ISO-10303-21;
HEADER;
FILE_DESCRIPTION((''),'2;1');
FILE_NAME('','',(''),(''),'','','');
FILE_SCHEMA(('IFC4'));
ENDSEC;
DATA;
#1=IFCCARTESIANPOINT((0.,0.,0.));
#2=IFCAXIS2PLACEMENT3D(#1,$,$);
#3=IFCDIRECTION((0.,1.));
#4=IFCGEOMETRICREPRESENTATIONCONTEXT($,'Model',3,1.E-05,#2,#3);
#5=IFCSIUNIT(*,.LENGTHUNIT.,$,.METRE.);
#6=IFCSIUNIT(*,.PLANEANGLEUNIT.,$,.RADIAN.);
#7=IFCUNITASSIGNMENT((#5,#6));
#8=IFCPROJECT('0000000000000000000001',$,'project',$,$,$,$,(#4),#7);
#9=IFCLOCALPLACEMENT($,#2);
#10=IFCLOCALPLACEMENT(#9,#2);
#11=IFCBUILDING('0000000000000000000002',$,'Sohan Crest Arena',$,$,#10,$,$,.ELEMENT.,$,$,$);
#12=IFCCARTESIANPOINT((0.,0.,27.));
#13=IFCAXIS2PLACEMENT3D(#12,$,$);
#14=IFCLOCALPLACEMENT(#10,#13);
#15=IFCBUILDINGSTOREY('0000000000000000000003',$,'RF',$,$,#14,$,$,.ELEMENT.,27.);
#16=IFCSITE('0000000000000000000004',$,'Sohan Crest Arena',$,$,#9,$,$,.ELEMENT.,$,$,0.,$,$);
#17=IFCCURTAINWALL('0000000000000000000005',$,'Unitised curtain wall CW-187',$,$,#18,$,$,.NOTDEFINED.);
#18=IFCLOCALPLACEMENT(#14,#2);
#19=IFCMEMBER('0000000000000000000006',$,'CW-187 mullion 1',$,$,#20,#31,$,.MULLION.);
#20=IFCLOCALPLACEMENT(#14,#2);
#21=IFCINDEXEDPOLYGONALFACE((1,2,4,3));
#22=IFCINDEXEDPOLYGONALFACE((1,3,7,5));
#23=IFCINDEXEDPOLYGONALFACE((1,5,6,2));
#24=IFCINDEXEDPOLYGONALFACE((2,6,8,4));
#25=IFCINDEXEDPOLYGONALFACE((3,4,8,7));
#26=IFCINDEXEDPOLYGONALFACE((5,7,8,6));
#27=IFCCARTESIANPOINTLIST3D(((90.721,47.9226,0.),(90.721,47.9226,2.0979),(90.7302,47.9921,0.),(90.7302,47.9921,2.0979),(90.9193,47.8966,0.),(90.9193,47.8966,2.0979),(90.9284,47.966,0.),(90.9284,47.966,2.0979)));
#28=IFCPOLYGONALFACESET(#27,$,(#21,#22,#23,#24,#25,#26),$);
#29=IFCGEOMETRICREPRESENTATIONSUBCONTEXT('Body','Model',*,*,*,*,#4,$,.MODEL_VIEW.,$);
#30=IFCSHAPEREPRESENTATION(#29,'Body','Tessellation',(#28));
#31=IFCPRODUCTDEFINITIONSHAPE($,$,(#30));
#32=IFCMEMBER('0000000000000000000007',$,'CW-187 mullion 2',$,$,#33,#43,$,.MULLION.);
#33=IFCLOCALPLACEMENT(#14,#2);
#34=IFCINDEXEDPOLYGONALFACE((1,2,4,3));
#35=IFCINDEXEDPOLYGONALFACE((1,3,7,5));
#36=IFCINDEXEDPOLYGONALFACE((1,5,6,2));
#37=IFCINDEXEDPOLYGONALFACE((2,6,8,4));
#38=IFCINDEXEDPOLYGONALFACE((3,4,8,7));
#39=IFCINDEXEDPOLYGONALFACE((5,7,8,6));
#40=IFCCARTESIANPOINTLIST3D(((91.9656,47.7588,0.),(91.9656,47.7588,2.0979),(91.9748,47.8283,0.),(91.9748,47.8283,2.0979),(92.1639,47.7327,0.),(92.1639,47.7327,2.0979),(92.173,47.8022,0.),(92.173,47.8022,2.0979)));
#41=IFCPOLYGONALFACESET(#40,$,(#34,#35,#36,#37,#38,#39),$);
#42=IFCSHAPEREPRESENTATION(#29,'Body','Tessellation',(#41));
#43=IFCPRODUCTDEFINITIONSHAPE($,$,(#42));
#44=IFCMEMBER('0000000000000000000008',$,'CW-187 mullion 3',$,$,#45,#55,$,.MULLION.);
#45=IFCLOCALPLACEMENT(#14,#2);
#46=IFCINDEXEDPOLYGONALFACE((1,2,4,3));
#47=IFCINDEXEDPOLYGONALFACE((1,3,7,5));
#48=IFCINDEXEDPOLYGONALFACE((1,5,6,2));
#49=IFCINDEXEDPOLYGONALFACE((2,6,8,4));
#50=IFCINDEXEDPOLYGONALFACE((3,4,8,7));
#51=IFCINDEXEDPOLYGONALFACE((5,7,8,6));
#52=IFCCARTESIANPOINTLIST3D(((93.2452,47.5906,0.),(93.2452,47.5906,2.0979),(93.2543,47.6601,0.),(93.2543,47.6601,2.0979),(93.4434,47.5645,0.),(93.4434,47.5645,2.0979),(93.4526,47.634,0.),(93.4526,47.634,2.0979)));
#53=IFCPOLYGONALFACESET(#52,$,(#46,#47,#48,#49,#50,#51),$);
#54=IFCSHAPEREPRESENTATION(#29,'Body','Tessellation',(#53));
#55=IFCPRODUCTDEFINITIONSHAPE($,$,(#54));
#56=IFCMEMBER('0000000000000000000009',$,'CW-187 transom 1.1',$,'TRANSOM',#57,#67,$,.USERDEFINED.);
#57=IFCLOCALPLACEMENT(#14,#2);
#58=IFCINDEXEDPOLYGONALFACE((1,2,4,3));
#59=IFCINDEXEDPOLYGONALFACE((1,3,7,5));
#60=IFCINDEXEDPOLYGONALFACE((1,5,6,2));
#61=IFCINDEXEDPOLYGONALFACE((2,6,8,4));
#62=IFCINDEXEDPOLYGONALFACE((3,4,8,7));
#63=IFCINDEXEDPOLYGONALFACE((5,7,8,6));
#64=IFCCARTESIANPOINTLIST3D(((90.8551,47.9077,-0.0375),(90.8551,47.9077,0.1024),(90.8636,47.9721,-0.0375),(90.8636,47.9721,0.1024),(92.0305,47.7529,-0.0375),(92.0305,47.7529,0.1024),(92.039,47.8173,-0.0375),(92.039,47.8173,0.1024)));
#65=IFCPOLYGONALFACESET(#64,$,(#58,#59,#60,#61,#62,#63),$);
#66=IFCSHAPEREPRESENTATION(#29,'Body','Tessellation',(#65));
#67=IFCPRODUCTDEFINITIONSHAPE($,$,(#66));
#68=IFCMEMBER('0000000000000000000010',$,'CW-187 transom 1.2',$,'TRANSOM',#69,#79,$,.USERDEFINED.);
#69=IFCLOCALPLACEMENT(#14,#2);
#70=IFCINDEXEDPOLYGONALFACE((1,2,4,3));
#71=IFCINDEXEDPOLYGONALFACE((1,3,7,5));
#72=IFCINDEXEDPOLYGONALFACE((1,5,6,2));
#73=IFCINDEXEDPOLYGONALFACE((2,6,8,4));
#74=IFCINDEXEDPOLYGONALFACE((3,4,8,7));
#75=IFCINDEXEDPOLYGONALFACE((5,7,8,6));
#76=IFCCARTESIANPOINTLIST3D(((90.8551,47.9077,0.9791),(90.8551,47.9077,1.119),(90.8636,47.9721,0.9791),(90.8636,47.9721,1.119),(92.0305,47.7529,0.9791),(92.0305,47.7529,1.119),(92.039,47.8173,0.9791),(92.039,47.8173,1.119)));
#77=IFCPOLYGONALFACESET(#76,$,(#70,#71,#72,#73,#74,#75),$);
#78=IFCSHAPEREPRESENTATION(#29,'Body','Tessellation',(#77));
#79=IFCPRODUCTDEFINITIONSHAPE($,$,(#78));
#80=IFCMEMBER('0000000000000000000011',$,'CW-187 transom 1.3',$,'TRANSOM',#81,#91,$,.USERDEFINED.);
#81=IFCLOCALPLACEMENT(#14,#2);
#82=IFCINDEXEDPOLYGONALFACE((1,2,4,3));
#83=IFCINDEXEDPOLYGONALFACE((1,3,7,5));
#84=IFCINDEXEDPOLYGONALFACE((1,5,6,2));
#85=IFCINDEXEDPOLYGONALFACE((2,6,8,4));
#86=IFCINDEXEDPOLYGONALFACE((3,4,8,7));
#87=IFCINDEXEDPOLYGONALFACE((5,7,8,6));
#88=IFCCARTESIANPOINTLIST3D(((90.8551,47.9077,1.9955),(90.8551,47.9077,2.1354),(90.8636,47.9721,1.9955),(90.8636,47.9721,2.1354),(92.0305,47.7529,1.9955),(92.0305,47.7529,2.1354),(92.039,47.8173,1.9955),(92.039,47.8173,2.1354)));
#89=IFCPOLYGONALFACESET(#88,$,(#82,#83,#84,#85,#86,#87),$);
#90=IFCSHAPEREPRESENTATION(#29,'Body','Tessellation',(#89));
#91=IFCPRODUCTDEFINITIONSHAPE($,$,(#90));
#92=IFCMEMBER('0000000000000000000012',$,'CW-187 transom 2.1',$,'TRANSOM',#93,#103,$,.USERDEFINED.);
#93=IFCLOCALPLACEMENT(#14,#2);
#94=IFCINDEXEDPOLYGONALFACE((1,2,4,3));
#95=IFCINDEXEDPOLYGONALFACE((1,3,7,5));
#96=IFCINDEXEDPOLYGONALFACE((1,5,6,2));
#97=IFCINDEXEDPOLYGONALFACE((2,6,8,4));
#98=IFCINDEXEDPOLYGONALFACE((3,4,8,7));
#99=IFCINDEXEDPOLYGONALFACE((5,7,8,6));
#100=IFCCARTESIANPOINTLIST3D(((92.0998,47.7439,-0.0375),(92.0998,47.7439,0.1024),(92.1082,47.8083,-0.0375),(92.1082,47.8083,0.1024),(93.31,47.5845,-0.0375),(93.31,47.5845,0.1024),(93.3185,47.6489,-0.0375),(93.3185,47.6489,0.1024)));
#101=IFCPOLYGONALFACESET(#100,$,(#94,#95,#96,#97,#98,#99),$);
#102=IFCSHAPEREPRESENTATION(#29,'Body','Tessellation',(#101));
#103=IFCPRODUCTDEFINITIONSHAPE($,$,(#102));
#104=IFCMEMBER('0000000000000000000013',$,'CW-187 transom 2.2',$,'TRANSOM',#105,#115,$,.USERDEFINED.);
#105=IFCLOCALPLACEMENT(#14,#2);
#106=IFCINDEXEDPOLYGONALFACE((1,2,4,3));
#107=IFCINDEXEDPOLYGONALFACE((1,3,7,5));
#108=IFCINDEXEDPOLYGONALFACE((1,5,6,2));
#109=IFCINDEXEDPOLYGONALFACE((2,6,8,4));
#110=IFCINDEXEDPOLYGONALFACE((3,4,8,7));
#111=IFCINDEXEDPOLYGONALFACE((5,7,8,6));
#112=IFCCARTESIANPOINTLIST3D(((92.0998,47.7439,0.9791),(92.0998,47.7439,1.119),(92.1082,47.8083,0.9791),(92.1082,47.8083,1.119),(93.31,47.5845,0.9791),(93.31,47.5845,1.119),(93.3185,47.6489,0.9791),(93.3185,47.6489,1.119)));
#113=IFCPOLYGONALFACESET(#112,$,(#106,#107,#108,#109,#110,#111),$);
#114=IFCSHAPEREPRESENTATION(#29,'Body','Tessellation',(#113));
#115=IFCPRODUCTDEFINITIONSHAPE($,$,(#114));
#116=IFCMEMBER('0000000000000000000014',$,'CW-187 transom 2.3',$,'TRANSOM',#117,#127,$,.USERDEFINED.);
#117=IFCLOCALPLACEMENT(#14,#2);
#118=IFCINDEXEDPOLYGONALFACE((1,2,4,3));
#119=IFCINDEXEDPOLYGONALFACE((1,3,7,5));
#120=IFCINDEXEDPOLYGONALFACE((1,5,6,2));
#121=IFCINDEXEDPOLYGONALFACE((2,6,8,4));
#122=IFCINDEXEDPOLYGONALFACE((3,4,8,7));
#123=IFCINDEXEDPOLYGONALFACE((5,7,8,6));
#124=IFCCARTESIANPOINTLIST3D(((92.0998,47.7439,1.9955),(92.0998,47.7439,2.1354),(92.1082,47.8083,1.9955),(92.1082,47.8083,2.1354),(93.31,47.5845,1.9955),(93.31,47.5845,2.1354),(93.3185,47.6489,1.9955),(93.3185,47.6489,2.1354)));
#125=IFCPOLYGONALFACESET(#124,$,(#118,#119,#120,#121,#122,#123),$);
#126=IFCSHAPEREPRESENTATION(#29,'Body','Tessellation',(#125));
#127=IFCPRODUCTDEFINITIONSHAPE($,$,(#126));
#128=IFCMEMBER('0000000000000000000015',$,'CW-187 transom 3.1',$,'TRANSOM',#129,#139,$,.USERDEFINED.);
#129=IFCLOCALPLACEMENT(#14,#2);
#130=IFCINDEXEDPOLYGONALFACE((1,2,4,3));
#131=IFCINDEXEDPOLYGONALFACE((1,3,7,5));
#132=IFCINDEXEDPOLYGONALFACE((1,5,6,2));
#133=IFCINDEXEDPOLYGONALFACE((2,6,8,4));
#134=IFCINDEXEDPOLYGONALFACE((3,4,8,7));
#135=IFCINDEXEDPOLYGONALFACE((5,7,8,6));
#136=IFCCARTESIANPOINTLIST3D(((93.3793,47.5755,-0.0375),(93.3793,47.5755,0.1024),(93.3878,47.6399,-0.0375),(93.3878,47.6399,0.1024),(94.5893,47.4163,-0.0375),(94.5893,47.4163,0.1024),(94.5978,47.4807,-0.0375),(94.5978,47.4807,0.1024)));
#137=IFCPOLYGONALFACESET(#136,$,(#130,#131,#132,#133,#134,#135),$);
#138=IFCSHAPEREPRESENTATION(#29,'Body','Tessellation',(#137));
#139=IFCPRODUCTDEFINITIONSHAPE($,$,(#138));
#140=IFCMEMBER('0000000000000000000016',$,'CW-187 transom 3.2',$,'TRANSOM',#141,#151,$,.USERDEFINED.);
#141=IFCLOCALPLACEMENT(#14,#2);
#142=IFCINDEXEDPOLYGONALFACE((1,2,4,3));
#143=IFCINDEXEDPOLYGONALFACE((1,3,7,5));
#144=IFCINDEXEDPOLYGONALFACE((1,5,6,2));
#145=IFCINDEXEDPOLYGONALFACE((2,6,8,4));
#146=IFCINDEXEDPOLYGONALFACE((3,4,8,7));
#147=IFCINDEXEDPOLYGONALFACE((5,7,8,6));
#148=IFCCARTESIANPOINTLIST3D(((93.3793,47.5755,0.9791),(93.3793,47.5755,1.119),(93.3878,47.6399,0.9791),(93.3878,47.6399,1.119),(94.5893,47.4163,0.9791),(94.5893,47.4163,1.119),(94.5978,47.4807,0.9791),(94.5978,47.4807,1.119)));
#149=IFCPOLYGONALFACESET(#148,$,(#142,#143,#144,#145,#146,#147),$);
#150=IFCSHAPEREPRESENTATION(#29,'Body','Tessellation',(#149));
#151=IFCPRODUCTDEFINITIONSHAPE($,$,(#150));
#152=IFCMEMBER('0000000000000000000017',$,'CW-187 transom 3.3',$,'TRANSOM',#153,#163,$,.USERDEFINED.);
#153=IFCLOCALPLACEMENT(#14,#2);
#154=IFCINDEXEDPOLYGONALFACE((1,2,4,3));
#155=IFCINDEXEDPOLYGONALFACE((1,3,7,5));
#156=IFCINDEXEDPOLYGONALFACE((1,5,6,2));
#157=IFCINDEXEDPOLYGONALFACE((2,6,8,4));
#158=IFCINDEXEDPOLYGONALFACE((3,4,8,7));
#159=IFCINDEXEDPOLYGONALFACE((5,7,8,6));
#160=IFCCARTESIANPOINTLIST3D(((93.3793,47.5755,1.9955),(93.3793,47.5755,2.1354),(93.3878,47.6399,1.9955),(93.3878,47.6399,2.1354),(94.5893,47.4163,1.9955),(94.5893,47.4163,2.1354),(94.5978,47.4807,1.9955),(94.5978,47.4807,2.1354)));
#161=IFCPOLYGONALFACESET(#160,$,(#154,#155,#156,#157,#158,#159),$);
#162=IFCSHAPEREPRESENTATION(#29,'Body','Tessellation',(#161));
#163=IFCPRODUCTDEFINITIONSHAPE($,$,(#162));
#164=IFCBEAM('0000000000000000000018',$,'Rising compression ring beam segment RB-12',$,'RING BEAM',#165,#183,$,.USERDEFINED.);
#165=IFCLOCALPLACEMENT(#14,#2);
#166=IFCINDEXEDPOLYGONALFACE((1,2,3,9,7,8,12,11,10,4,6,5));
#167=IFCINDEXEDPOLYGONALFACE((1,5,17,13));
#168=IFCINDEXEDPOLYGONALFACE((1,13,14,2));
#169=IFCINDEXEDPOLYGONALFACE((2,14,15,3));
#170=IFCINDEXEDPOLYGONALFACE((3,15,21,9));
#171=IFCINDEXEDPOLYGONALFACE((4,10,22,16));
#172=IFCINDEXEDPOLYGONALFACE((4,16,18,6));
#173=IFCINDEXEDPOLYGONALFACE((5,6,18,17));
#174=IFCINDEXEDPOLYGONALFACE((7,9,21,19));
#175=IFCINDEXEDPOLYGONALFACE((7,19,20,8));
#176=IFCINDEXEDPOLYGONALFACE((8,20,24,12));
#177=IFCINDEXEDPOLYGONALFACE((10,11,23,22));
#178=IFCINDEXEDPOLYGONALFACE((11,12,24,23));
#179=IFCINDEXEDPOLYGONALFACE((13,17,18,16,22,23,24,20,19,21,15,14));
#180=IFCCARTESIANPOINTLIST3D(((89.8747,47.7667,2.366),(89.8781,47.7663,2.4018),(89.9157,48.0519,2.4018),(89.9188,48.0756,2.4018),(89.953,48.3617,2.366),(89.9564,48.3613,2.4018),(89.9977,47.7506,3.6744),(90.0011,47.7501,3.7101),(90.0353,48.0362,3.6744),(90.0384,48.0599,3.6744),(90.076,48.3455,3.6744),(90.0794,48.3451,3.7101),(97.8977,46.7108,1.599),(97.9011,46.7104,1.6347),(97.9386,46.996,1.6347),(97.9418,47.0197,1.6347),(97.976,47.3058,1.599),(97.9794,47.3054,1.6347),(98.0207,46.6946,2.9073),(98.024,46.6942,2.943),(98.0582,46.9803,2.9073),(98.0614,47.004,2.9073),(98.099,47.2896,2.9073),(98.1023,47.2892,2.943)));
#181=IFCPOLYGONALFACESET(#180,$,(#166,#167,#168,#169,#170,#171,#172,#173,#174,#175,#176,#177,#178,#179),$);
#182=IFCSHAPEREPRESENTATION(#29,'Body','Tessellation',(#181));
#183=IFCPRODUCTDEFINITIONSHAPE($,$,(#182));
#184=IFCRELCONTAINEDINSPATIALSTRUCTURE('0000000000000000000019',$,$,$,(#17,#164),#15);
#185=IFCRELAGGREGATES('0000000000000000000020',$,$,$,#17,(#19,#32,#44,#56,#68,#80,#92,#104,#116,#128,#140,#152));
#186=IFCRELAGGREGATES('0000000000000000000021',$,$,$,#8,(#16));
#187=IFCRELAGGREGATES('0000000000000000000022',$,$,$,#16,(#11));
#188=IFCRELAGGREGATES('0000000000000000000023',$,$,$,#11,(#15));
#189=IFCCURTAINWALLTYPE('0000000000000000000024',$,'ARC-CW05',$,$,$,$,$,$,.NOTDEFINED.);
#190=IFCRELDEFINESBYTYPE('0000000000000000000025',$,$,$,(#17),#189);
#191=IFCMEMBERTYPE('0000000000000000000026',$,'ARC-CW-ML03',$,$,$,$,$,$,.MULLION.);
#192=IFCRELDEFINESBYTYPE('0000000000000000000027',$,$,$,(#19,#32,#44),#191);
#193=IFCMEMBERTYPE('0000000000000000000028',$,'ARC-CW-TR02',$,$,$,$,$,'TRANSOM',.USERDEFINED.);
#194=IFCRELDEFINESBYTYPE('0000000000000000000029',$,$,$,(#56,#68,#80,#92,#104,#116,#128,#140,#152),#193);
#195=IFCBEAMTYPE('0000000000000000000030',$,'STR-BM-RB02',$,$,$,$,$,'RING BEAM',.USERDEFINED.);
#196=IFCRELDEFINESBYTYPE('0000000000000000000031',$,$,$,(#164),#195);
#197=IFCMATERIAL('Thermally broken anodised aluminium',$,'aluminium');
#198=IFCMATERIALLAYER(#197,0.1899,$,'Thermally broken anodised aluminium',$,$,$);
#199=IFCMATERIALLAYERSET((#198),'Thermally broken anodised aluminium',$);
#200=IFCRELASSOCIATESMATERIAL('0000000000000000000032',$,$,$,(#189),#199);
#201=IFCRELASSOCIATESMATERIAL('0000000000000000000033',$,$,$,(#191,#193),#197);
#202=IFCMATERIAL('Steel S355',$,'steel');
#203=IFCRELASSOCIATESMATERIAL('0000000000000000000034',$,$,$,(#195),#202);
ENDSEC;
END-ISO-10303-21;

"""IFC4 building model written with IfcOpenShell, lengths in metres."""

from ifc_helpers import new_model, si_unit, direction, frame, origin, origin_2d, place, context, subcontext, project, spatial, rectangle, i_section, extrude, material, layer, layer_set, material_profile, profile_set, type_object, element, aggregate, save


model = new_model("IFC4")

# Units and contexts
model_context = context("Model", 3, precision=1e-05, world=origin(), true_north=direction((0.0, 1.0)))
body_context = subcontext(model_context, "Body", "Model", "MODEL_VIEW")
ifc_project = project(units=[si_unit("LENGTHUNIT", "METRE"), si_unit("PLANEANGLEUNIT", "RADIAN")], contexts=[model_context])

# Site, building, storey
site_placement = place(None, origin())
site = spatial("IfcSite", under=ifc_project, at=site_placement, Name="Sohan Crest Arena", CompositionType="ELEMENT", RefElevation=0.0)
building_placement = place(site_placement, origin())
building = spatial("IfcBuilding", under=site, at=building_placement, Name="Sohan Crest Arena", CompositionType="ELEMENT")
storey_placement = place(building_placement, frame((0.0, 0.0, 27.0)))
storey = spatial("IfcBuildingStorey", under=building, at=storey_placement, Name="RF", CompositionType="ELEMENT", Elevation=27.0)

# Curtain wall, members
ifc_material_1 = material(Name="Thermally broken anodised aluminium", Category="aluminium")
ifc_layer_1 = layer(ifc_material_1, 0.1899, Name="Thermally broken anodised aluminium")
ifc_layer_set_1 = layer_set([ifc_layer_1], Name="Thermally broken anodised aluminium")
curtain_wall_type = type_object("IfcCurtainWallType", Name="ARC-CW05", PredefinedType="NOTDEFINED", material=ifc_layer_set_1)
curtain_wall_placement = place(storey_placement, origin())
curtain_wall = element("IfcCurtainWall", 1, at=curtain_wall_placement, inside=storey, type_object=curtain_wall_type, Name="Unitised curtain wall CW-187", PredefinedType="NOTDEFINED")
ifc_material_profile_1 = material_profile(ifc_material_1, rectangle(XDim=0.0701, YDim=0.2, at=origin_2d()), Name="ALU-MULL 70x200")
ifc_profile_set_1 = profile_set([ifc_material_profile_1], Name="Thermally broken anodised aluminium")
member_type_1 = type_object("IfcMemberType", Name="ARC-CW-ML03", PredefinedType="MULLION", material=ifc_profile_set_1)
member_1_placement = place(storey_placement, frame((90.8247, 47.9443, 0.0), z_axis=(0.0, 0.0, 1.0), x_axis=(0.130499, 0.991448, 0.0)))
member_1 = element("IfcMember", 2, at=member_1_placement, type_object=member_type_1, Name="CW-187 mullion 1", PredefinedType="MULLION", context=body_context, shape_type="SweptSolid", body=[
    extrude(rectangle(XDim=0.0701, YDim=0.2, at=origin_2d()), origin(), (0.0, 0.0, 1.0), 2.0979),
])
member_2_placement = place(storey_placement, frame((92.0693, 47.7805, 0.0), z_axis=(0.0, 0.0, 1.0), x_axis=(0.130499, 0.991448, 0.0)))
member_2 = element("IfcMember", 3, at=member_2_placement, type_object=member_type_1, Name="CW-187 mullion 2", PredefinedType="MULLION", context=body_context, shape_type="SweptSolid", body=[
    extrude(rectangle(XDim=0.0701, YDim=0.2, at=origin_2d()), origin(), (0.0, 0.0, 1.0), 2.0979),
])
member_3_placement = place(storey_placement, frame((93.3489, 47.6123, 0.0), z_axis=(0.0, 0.0, 1.0), x_axis=(0.130499, 0.991448, 0.0)))
member_3 = element("IfcMember", 4, at=member_3_placement, type_object=member_type_1, Name="CW-187 mullion 3", PredefinedType="MULLION", context=body_context, shape_type="SweptSolid", body=[
    extrude(rectangle(XDim=0.0701, YDim=0.2, at=origin_2d()), origin(), (0.0, 0.0, 1.0), 2.0979),
])
ifc_material_profile_2 = material_profile(ifc_material_1, rectangle(XDim=0.0649, YDim=0.1399, at=origin_2d()), Name="ALU-TRAN 65x140")
ifc_profile_set_2 = profile_set([ifc_material_profile_2], Name="Thermally broken anodised aluminium")
member_type_2 = type_object("IfcMemberType", Name="ARC-CW-TR02", ElementType="TRANSOM", PredefinedType="USERDEFINED", material=ifc_profile_set_2)
member_4_placement = place(storey_placement, frame((90.8594, 47.9399, 0.0325), z_axis=(0.991439, -0.130572, 0.0), x_axis=(0.130572, 0.991439, 0.0)))
member_4 = element("IfcMember", 5, at=member_4_placement, type_object=member_type_2, Name="CW-187 transom 1.1", ObjectType="TRANSOM", PredefinedType="USERDEFINED", context=body_context, shape_type="SweptSolid", body=[
    extrude(rectangle(XDim=0.0649, YDim=0.1399, at=origin_2d()), origin(), (0.0, 0.0, 1.0), 1.1855),
])
member_5_placement = place(storey_placement, frame((90.8594, 47.9399, 1.0491), z_axis=(0.991439, -0.130572, 0.0), x_axis=(0.130572, 0.991439, 0.0)))
member_5 = element("IfcMember", 6, at=member_5_placement, type_object=member_type_2, Name="CW-187 transom 1.2", ObjectType="TRANSOM", PredefinedType="USERDEFINED", context=body_context, shape_type="SweptSolid", body=[
    extrude(rectangle(XDim=0.0649, YDim=0.1399, at=origin_2d()), origin(), (0.0, 0.0, 1.0), 1.1855),
])
member_6_placement = place(storey_placement, frame((90.8594, 47.9399, 2.0654), z_axis=(0.991439, -0.130572, 0.0), x_axis=(0.130572, 0.991439, 0.0)))
member_6 = element("IfcMember", 7, at=member_6_placement, type_object=member_type_2, Name="CW-187 transom 1.3", ObjectType="TRANSOM", PredefinedType="USERDEFINED", context=body_context, shape_type="SweptSolid", body=[
    extrude(rectangle(XDim=0.0649, YDim=0.1399, at=origin_2d()), origin(), (0.0, 0.0, 1.0), 1.1855),
])
member_7_placement = place(storey_placement, frame((92.104, 47.7761, 0.0325), z_axis=(0.991435, -0.130605, 0.0), x_axis=(0.130605, 0.991435, 0.0)))
member_7 = element("IfcMember", 8, at=member_7_placement, type_object=member_type_2, Name="CW-187 transom 2.1", ObjectType="TRANSOM", PredefinedType="USERDEFINED", context=body_context, shape_type="SweptSolid", body=[
    extrude(rectangle(XDim=0.0649, YDim=0.1399, at=origin_2d()), origin(), (0.0, 0.0, 1.0), 1.2207),
])
member_8_placement = place(storey_placement, frame((92.104, 47.7761, 1.0491), z_axis=(0.991435, -0.130605, 0.0), x_axis=(0.130605, 0.991435, 0.0)))
member_8 = element("IfcMember", 9, at=member_8_placement, type_object=member_type_2, Name="CW-187 transom 2.2", ObjectType="TRANSOM", PredefinedType="USERDEFINED", context=body_context, shape_type="SweptSolid", body=[
    extrude(rectangle(XDim=0.0649, YDim=0.1399, at=origin_2d()), origin(), (0.0, 0.0, 1.0), 1.2207),
])
member_9_placement = place(storey_placement, frame((92.104, 47.7761, 2.0654), z_axis=(0.991435, -0.130605, 0.0), x_axis=(0.130605, 0.991435, 0.0)))
member_9 = element("IfcMember", 10, at=member_9_placement, type_object=member_type_2, Name="CW-187 transom 2.3", ObjectType="TRANSOM", PredefinedType="USERDEFINED", context=body_context, shape_type="SweptSolid", body=[
    extrude(rectangle(XDim=0.0649, YDim=0.1399, at=origin_2d()), origin(), (0.0, 0.0, 1.0), 1.2207),
])
member_10_placement = place(storey_placement, frame((93.3835, 47.6077, 0.0325), z_axis=(0.991457, -0.130434, 0.0), x_axis=(0.130434, 0.991457, 0.0)))
member_10 = element("IfcMember", 11, at=member_10_placement, type_object=member_type_2, Name="CW-187 transom 3.1", ObjectType="TRANSOM", PredefinedType="USERDEFINED", context=body_context, shape_type="SweptSolid", body=[
    extrude(rectangle(XDim=0.0649, YDim=0.1399, at=origin_2d()), origin(), (0.0, 0.0, 1.0), 1.2205),
])
member_11_placement = place(storey_placement, frame((93.3835, 47.6077, 1.0491), z_axis=(0.991457, -0.130434, 0.0), x_axis=(0.130434, 0.991457, 0.0)))
member_11 = element("IfcMember", 12, at=member_11_placement, type_object=member_type_2, Name="CW-187 transom 3.2", ObjectType="TRANSOM", PredefinedType="USERDEFINED", context=body_context, shape_type="SweptSolid", body=[
    extrude(rectangle(XDim=0.0649, YDim=0.1399, at=origin_2d()), origin(), (0.0, 0.0, 1.0), 1.2205),
])
member_12_placement = place(storey_placement, frame((93.3835, 47.6077, 2.0654), z_axis=(0.991457, -0.130434, 0.0), x_axis=(0.130434, 0.991457, 0.0)))
member_12 = element("IfcMember", 13, at=member_12_placement, type_object=member_type_2, Name="CW-187 transom 3.3", ObjectType="TRANSOM", PredefinedType="USERDEFINED", context=body_context, shape_type="SweptSolid", body=[
    extrude(rectangle(XDim=0.0649, YDim=0.1399, at=origin_2d()), origin(), (0.0, 0.0, 1.0), 1.2205),
])

# Beam
ifc_material_2 = material(Name="Steel S355", Category="steel")
ifc_material_profile_3 = material_profile(ifc_material_2, i_section(OverallWidth=0.6001, OverallDepth=1.3501, WebThickness=0.0239, FlangeThickness=0.0359, at=origin_2d()), Name="PG 1350x600x24x36")
ifc_profile_set_3 = profile_set([ifc_material_profile_3], Name="Steel S355")
beam_type_1 = type_object("IfcBeamType", Name="STR-BM-RB02", ElementType="RING BEAM", PredefinedType="USERDEFINED", material=ifc_profile_set_3)
beam_1_placement = place(storey_placement, frame((89.9771, 48.0559, 3.0381), z_axis=(0.987025, -0.129903, -0.094371), x_axis=(0.130486, 0.99145, 0.0)))
element("IfcBeam", 14, at=beam_1_placement, inside=storey, type_object=beam_type_1, Name="Rising compression ring beam segment RB-12", ObjectType="RING BEAM", PredefinedType="USERDEFINED", context=body_context, shape_type="SweptSolid", body=[
    extrude(i_section(OverallWidth=0.6001, OverallDepth=1.3501, WebThickness=0.0239, FlangeThickness=0.0359, at=origin_2d()), origin(), (0.0, 0.0, 1.0), 8.1284),
])

aggregate(curtain_wall, [member_1, member_2, member_3, member_4, member_5, member_6, member_7, member_8, member_9, member_10, member_11, member_12])

save(model, "model.ifc")
